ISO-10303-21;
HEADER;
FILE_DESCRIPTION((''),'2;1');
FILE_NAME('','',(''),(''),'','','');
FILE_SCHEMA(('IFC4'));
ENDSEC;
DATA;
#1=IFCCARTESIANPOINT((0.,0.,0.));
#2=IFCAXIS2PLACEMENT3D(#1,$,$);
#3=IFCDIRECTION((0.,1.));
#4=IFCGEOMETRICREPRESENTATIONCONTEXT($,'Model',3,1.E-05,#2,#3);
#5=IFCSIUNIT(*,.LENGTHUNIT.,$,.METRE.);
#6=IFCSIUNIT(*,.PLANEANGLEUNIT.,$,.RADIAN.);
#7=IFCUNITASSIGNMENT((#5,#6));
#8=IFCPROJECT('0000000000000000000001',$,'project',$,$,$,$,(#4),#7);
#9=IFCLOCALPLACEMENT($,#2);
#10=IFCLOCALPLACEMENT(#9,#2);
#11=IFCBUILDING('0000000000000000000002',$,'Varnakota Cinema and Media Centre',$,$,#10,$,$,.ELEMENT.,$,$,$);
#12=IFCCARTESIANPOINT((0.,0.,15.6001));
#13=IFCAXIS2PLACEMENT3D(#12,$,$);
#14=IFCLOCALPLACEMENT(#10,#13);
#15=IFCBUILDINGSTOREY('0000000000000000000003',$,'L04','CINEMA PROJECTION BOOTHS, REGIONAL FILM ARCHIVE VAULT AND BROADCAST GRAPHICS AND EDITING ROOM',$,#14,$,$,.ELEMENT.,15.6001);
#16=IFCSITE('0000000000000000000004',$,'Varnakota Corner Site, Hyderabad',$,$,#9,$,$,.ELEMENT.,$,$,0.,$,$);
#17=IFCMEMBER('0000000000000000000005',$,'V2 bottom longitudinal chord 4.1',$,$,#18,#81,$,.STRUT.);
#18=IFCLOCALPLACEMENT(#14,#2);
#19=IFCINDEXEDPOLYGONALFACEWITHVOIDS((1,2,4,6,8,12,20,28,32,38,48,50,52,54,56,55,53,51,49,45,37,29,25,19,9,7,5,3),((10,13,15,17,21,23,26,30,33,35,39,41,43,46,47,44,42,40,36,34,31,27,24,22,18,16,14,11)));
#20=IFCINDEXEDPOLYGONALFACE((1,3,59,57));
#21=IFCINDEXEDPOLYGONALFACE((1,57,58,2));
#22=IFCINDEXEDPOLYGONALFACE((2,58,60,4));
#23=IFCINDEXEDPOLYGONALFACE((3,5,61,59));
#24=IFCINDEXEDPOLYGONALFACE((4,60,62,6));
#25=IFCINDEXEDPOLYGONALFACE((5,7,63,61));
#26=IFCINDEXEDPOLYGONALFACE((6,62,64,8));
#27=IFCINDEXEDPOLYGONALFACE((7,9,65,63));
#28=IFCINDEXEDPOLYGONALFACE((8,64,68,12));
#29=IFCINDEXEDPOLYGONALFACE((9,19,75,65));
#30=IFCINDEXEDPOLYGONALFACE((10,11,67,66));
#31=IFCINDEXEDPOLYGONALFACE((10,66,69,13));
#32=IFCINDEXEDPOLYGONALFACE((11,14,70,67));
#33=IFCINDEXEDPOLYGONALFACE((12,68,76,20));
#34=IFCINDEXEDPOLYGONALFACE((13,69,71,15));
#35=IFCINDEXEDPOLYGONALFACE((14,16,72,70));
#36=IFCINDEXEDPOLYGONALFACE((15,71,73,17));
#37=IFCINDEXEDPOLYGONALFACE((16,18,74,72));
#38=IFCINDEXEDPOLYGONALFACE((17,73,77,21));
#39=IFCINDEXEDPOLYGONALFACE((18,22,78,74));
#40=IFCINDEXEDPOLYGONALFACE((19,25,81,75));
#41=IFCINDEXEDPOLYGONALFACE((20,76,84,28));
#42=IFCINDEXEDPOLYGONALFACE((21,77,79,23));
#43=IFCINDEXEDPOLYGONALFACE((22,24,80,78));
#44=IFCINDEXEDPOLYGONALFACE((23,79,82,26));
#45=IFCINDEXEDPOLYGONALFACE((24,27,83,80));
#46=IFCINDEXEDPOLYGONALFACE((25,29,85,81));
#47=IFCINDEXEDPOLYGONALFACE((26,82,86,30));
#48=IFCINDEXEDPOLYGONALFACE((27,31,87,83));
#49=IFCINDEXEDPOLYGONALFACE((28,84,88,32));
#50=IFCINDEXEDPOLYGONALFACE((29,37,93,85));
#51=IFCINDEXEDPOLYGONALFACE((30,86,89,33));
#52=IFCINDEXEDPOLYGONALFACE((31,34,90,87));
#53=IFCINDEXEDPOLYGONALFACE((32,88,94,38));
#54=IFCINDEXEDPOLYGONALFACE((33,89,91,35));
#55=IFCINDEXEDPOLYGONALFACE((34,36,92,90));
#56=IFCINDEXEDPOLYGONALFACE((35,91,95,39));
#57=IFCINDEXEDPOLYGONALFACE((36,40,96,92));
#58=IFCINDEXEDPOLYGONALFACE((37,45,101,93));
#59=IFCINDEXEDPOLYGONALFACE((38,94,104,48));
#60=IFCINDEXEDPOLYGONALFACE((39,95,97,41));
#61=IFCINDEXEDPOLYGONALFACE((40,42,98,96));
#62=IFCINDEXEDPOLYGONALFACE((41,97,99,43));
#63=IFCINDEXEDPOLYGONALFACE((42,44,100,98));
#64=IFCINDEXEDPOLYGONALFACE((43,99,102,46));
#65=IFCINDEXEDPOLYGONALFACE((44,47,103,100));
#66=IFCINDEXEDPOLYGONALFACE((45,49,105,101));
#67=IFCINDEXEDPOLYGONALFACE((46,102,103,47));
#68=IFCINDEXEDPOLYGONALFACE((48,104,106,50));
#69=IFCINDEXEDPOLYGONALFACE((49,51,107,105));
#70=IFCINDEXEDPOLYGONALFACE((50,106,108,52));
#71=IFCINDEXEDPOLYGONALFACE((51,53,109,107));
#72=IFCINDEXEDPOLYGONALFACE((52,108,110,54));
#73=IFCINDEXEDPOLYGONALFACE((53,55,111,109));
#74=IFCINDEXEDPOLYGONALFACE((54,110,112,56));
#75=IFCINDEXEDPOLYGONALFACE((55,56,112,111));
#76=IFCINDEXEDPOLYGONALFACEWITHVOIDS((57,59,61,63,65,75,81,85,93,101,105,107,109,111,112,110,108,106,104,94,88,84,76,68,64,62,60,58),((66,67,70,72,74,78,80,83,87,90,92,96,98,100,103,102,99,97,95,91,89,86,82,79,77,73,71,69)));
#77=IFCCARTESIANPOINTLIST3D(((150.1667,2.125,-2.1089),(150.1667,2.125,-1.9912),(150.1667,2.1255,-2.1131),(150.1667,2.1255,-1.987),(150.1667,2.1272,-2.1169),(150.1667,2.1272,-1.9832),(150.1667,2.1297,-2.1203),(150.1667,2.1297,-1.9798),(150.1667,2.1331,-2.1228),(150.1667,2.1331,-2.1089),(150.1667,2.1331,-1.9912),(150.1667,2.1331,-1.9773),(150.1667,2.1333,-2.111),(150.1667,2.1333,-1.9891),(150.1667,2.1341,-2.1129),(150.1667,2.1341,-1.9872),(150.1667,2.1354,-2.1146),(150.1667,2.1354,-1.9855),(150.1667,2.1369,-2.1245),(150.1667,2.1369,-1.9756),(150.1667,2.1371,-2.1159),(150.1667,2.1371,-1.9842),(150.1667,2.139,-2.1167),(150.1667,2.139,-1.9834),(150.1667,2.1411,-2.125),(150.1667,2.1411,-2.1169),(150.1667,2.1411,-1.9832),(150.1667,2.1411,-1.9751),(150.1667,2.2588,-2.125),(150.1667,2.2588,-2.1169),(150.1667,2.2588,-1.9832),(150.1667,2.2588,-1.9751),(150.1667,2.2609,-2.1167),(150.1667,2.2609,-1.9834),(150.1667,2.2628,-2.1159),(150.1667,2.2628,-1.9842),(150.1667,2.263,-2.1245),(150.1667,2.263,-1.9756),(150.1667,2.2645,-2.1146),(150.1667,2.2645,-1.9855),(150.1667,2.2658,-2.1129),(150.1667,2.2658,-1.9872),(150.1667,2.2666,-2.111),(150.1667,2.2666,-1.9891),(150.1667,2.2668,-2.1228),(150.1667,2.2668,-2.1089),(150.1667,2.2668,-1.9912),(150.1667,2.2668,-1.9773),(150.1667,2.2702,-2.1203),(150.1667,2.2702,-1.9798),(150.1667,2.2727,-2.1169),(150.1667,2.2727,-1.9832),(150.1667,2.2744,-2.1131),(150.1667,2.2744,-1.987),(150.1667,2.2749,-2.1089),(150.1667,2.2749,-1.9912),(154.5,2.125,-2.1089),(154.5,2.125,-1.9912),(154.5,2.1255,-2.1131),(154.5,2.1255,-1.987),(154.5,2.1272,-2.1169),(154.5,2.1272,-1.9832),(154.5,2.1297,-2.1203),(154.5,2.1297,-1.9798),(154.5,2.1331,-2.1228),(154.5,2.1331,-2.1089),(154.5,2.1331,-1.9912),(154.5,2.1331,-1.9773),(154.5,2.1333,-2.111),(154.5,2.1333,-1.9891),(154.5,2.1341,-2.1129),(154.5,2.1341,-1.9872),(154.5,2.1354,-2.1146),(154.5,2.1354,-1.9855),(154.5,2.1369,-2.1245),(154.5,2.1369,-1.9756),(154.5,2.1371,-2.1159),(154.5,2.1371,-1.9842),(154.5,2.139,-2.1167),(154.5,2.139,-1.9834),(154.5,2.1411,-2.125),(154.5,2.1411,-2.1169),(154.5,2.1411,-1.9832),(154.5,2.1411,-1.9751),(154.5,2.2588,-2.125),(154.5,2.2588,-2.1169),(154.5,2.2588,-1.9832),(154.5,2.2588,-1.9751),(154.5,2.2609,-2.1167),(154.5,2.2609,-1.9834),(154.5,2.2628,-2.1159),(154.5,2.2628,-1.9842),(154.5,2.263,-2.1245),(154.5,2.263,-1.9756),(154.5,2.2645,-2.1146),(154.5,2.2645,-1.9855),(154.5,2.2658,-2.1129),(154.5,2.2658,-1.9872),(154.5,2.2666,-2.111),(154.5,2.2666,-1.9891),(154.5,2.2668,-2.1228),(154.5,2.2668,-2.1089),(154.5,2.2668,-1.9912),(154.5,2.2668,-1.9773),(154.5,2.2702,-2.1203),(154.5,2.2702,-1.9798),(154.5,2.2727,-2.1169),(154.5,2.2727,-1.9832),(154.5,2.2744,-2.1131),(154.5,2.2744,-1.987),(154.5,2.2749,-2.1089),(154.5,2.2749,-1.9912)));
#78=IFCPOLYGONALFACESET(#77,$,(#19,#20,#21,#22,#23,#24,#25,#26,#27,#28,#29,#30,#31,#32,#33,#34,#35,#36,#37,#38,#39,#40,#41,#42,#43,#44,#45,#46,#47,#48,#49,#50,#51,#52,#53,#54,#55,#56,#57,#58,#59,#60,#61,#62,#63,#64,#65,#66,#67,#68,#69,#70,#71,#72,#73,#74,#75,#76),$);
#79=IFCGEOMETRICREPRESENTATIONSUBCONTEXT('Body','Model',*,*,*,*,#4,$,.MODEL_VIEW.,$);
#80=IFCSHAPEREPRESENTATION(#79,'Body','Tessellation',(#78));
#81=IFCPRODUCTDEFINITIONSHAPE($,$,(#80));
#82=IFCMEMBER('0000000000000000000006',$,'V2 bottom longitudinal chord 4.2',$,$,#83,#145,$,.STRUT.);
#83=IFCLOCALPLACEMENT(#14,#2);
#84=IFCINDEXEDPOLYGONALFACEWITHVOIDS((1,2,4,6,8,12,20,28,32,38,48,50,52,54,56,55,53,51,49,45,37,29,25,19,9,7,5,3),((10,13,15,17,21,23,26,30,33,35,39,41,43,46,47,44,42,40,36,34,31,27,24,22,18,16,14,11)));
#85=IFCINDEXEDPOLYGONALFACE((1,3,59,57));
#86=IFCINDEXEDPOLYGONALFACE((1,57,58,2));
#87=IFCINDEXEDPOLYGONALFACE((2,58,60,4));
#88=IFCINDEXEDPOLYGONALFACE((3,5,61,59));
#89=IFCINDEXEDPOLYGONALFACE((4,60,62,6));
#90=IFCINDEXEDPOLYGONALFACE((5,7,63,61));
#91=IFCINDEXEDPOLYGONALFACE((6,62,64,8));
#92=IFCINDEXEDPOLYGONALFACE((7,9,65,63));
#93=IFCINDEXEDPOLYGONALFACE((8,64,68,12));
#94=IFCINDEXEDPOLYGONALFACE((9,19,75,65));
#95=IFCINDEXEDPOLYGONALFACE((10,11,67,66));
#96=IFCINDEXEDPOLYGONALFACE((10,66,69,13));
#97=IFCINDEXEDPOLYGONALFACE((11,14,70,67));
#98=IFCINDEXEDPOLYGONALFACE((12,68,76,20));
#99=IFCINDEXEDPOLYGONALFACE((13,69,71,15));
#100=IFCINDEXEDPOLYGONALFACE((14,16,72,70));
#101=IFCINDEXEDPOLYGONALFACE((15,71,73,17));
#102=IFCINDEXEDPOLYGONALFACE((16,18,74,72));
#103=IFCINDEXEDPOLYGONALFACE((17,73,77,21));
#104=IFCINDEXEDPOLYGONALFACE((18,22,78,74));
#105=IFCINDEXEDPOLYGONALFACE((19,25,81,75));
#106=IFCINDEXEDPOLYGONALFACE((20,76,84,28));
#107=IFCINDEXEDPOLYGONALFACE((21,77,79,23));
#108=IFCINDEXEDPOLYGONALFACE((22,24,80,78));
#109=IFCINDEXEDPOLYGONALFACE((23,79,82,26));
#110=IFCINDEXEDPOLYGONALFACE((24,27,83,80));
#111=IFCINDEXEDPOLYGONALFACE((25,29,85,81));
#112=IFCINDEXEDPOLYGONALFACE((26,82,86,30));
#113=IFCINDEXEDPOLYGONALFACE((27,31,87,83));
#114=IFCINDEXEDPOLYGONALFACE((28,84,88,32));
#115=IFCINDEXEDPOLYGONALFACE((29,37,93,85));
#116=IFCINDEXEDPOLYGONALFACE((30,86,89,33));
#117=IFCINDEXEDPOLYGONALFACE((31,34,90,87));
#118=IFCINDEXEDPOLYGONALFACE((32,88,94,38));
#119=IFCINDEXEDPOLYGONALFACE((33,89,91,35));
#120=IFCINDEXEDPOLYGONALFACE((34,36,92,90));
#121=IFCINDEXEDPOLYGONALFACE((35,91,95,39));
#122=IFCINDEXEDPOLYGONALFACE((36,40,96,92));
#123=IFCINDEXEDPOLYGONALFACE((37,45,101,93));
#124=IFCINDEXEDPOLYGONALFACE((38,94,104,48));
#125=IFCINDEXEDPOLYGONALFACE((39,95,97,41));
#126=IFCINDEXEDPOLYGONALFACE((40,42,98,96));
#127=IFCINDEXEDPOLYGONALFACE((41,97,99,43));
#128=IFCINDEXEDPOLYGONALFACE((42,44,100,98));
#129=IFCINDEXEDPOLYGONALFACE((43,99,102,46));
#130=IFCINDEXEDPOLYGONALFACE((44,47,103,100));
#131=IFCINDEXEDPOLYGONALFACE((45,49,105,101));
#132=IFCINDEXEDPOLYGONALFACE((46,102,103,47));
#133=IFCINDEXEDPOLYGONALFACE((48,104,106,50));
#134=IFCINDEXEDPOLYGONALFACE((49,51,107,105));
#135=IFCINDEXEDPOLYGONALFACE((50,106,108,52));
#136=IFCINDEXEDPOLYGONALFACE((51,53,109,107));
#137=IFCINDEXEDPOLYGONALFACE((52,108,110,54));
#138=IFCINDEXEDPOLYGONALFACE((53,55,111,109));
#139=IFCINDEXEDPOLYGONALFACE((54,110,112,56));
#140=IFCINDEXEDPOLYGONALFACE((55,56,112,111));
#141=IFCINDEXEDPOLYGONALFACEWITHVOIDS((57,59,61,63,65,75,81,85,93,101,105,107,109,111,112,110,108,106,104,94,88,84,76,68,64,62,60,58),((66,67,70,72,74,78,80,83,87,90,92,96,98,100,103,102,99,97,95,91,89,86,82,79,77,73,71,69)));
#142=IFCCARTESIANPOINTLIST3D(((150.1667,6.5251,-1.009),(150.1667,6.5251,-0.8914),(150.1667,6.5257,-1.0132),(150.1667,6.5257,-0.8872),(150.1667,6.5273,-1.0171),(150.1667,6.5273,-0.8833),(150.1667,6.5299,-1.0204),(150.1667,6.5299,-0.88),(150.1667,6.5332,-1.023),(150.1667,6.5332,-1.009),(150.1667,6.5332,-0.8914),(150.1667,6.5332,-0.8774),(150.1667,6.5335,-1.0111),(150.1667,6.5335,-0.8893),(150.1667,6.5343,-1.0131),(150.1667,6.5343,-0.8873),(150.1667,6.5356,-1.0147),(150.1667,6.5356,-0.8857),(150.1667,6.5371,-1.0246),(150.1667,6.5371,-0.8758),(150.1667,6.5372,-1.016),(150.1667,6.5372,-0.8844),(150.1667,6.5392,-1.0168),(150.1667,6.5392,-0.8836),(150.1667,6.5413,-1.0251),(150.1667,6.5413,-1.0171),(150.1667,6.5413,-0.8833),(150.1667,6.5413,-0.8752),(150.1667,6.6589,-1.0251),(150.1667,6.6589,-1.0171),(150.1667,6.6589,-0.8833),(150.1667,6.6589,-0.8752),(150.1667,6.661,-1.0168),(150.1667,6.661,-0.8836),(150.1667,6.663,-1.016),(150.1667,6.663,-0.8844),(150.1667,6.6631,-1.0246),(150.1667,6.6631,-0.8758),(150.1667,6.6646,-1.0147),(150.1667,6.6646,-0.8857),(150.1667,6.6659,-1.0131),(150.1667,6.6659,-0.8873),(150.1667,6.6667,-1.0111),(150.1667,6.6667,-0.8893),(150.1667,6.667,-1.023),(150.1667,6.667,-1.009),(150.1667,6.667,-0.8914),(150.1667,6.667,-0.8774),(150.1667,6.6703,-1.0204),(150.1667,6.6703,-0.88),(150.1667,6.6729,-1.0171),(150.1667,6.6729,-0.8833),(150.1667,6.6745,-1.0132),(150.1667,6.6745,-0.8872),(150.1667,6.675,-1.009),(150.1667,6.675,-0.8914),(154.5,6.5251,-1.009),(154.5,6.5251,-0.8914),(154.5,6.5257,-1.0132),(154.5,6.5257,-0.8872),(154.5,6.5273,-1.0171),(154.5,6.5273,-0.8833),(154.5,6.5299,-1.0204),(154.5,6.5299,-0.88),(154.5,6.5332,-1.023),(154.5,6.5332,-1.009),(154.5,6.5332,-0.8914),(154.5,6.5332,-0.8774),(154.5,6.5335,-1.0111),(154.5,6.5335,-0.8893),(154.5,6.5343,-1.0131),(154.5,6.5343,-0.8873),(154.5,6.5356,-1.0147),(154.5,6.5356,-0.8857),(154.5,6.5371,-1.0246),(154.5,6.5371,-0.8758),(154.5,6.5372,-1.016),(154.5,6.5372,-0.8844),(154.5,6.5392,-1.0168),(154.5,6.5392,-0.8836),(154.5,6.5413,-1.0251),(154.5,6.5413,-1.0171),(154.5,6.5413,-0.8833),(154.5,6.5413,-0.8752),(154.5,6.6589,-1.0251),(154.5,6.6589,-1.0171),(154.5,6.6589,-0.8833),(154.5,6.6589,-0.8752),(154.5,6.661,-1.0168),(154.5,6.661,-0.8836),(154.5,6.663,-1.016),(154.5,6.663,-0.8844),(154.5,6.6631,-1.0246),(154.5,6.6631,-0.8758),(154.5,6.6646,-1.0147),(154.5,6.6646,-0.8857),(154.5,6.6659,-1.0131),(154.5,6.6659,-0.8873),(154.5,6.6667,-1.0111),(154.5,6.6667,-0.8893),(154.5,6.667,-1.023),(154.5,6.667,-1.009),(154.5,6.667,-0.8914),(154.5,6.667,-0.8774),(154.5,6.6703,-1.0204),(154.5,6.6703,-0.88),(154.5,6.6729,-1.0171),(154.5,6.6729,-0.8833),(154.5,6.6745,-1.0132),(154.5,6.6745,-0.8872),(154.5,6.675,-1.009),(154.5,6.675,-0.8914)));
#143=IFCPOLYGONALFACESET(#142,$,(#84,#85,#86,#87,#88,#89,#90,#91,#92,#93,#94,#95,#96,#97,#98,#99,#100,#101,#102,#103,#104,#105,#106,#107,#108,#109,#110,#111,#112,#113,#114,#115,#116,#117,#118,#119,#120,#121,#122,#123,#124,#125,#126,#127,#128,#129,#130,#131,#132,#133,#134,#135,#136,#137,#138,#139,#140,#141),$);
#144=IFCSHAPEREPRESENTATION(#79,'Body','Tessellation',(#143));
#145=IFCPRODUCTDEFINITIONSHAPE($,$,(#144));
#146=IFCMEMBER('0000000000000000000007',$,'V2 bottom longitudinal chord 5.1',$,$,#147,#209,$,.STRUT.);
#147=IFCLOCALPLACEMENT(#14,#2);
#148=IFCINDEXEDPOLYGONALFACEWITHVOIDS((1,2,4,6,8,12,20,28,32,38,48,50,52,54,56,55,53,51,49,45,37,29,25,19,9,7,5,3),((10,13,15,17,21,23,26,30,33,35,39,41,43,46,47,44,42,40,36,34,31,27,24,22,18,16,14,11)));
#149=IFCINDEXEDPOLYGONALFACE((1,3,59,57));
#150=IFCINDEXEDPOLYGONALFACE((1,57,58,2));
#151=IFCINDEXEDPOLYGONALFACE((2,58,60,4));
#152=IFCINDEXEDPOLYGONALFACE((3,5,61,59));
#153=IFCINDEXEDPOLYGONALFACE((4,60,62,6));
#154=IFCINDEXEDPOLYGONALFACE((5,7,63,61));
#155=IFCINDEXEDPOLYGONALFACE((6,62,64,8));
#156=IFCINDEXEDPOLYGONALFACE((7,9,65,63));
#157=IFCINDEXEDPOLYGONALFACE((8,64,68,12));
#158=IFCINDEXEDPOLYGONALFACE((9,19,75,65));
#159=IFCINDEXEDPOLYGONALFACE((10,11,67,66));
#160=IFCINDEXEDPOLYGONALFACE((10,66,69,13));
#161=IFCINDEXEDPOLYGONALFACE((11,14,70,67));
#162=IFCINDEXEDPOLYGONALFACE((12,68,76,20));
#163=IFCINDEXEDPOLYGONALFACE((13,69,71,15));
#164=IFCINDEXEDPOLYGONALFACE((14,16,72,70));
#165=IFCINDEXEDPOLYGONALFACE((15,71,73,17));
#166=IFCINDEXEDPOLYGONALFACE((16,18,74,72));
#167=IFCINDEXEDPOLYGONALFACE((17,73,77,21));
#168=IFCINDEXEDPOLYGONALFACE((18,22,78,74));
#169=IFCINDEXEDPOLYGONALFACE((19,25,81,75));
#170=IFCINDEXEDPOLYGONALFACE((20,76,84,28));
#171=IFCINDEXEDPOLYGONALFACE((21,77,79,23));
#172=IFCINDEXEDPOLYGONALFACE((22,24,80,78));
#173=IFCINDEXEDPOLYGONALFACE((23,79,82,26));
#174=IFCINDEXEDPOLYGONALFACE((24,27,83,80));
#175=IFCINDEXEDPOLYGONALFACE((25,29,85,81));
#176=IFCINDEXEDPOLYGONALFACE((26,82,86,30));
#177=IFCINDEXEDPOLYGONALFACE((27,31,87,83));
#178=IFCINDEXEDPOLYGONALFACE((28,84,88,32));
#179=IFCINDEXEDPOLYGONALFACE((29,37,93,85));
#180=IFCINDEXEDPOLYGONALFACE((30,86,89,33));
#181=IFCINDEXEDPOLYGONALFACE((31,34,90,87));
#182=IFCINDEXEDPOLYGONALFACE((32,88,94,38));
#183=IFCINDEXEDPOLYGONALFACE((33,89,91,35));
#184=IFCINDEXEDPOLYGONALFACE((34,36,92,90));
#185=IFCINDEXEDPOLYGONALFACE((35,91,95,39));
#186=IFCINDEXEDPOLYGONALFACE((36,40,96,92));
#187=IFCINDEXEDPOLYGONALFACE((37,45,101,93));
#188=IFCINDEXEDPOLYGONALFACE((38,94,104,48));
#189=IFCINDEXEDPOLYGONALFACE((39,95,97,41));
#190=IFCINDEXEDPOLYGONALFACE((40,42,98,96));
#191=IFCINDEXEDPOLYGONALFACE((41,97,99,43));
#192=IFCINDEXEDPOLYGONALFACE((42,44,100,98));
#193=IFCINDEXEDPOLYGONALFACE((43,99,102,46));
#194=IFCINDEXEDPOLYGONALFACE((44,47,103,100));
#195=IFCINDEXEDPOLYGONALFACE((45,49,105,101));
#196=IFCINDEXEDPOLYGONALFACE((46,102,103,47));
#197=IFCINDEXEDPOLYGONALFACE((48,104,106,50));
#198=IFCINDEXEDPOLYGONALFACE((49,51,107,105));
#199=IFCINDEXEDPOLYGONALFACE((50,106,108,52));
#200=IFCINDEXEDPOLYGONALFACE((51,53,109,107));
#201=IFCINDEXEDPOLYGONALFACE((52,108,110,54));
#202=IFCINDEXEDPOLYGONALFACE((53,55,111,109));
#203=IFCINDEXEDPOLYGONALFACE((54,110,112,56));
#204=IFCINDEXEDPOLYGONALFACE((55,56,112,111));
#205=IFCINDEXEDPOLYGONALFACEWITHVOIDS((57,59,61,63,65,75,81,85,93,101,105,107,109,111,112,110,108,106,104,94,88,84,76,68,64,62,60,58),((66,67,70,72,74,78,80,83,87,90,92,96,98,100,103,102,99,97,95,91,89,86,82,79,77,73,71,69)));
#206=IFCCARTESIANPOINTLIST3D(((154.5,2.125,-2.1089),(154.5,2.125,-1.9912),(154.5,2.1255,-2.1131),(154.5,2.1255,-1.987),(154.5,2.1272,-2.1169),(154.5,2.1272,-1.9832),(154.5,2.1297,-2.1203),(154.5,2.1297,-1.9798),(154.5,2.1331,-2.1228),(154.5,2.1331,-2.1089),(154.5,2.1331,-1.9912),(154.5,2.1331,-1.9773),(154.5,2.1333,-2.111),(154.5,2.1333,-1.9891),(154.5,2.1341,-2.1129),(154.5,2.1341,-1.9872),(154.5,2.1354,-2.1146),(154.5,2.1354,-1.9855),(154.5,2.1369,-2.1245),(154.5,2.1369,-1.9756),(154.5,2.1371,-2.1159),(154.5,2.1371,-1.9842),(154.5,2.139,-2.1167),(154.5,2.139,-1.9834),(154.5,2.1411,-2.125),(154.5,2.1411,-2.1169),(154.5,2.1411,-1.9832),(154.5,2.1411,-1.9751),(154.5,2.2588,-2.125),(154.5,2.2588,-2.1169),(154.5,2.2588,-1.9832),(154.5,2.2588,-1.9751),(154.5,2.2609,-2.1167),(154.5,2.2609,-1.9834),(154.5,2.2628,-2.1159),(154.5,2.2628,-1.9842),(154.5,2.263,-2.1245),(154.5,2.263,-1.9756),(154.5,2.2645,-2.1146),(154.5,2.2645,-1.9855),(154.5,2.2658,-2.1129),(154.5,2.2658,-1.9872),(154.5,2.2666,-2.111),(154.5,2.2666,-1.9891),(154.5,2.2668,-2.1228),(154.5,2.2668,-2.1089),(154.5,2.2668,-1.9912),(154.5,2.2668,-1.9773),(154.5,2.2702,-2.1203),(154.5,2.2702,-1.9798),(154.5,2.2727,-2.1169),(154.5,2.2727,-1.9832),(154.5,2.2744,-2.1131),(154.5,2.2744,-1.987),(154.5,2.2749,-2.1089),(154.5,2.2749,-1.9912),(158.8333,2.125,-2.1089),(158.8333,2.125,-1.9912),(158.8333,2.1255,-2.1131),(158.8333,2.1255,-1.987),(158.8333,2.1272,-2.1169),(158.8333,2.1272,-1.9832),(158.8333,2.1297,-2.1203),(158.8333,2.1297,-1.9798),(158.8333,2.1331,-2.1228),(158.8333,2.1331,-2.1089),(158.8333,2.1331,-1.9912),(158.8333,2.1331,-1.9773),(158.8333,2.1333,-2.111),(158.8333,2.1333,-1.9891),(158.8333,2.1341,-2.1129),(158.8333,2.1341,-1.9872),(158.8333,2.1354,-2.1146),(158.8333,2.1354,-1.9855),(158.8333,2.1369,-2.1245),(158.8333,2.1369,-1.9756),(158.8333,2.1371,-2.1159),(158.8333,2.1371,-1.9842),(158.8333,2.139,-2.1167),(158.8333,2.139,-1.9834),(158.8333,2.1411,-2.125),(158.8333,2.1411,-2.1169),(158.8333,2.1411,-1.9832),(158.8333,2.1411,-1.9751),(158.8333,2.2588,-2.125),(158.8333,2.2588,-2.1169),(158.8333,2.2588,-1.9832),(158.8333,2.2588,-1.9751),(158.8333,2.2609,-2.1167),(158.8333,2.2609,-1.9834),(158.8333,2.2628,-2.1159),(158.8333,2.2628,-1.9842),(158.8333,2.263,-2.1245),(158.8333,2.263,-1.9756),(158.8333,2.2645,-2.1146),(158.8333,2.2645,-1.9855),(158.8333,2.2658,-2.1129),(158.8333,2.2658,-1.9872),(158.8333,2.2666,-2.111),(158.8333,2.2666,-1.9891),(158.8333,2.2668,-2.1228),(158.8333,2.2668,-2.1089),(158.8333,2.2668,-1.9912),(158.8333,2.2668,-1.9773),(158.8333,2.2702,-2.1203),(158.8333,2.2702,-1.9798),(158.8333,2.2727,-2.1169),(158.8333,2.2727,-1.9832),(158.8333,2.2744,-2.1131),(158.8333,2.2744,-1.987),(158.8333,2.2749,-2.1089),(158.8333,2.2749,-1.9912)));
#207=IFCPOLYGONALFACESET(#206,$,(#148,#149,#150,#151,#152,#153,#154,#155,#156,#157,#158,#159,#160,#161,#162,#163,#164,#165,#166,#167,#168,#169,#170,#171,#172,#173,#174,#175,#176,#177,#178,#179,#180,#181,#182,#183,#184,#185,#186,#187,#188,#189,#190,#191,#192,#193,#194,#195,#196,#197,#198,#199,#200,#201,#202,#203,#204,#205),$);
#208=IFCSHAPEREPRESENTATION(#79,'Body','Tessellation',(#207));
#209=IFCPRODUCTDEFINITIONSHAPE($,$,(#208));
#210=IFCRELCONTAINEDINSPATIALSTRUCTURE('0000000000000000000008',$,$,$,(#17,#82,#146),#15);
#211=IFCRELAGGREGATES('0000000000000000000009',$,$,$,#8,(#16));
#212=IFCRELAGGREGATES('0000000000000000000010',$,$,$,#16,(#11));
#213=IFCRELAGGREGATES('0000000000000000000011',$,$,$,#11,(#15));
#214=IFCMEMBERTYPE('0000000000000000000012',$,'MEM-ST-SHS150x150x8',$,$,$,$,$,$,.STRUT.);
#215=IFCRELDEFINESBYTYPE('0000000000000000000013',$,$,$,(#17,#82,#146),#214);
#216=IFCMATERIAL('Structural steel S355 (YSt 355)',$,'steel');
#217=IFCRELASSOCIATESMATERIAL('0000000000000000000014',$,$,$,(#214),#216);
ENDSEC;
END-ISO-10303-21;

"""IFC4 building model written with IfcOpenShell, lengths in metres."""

from ifc_helpers import new_model, si_unit, direction, frame, origin, origin_2d, place, context, subcontext, project, spatial, hollow_rectangle, extrude, material, material_profile, profile_set, type_object, element, save


model = new_model("IFC4")

# Units and contexts
model_context = context("Model", 3, precision=1e-05, world=origin(), true_north=direction((0.0, 1.0)))
body_context = subcontext(model_context, "Body", "Model", "MODEL_VIEW")
ifc_project = project(units=[si_unit("LENGTHUNIT", "METRE"), si_unit("PLANEANGLEUNIT", "RADIAN")], contexts=[model_context])

# Site, building, storey
site_placement = place(None, origin())
site = spatial("IfcSite", under=ifc_project, at=site_placement, Name="Varnakota Corner Site, Hyderabad", CompositionType="ELEMENT", RefElevation=0.0)
building_placement = place(site_placement, origin())
building = spatial("IfcBuilding", under=site, at=building_placement, Name="Varnakota Cinema and Media Centre", CompositionType="ELEMENT")
storey_placement = place(building_placement, frame((0.0, 0.0, 15.6001)))
storey = spatial("IfcBuildingStorey", under=building, at=storey_placement, Name="L04", Description="CINEMA PROJECTION BOOTHS, REGIONAL FILM ARCHIVE VAULT AND BROADCAST GRAPHICS AND EDITING ROOM", CompositionType="ELEMENT", Elevation=15.6001)

# Members
ifc_material_1 = material(Name="Structural steel S355 (YSt 355)", Category="steel")
ifc_material_profile_1 = material_profile(ifc_material_1, hollow_rectangle(XDim=0.1499, YDim=0.1499, WallThickness=0.0081, InnerFilletRadius=0.0081, OuterFilletRadius=0.0161, at=origin_2d()), Name="SHS 150x150x8")
ifc_profile_set_1 = profile_set([ifc_material_profile_1], Name="Structural steel S355 (YSt 355)")
member_type_1 = type_object("IfcMemberType", Name="MEM-ST-SHS150x150x8", PredefinedType="STRUT", material=ifc_profile_set_1)
for number, where, z_axis, x_axis, name in (
    (1, (150.1667, 2.2, -2.05), (1.0, 0.0, 0.0), (0.0, 1.0, 0.0), "V2 bottom longitudinal chord 4.1"),
    (2, (150.1667, 6.6001, -0.9502), (1.0, 0.0, 0.0), (0.0, 1.0, 0.0), "V2 bottom longitudinal chord 4.2"),
    (3, (154.5, 2.2, -2.05), (1.0, 0.0, 0.0), (0.0, 1.0, 0.0), "V2 bottom longitudinal chord 5.1"),
):
    element("IfcMember", number, at=place(storey_placement, frame(where, z_axis=z_axis, x_axis=x_axis)), inside=storey, type_object=member_type_1, Name=name, PredefinedType="STRUT", context=body_context, shape_type="SweptSolid", body=[
        extrude(hollow_rectangle(XDim=0.1499, YDim=0.1499, WallThickness=0.0081, InnerFilletRadius=0.0081, OuterFilletRadius=0.0161, at=origin_2d()), origin(), (0.0, 0.0, 1.0), 4.3333),
    ])

save(model, "model.ifc")
